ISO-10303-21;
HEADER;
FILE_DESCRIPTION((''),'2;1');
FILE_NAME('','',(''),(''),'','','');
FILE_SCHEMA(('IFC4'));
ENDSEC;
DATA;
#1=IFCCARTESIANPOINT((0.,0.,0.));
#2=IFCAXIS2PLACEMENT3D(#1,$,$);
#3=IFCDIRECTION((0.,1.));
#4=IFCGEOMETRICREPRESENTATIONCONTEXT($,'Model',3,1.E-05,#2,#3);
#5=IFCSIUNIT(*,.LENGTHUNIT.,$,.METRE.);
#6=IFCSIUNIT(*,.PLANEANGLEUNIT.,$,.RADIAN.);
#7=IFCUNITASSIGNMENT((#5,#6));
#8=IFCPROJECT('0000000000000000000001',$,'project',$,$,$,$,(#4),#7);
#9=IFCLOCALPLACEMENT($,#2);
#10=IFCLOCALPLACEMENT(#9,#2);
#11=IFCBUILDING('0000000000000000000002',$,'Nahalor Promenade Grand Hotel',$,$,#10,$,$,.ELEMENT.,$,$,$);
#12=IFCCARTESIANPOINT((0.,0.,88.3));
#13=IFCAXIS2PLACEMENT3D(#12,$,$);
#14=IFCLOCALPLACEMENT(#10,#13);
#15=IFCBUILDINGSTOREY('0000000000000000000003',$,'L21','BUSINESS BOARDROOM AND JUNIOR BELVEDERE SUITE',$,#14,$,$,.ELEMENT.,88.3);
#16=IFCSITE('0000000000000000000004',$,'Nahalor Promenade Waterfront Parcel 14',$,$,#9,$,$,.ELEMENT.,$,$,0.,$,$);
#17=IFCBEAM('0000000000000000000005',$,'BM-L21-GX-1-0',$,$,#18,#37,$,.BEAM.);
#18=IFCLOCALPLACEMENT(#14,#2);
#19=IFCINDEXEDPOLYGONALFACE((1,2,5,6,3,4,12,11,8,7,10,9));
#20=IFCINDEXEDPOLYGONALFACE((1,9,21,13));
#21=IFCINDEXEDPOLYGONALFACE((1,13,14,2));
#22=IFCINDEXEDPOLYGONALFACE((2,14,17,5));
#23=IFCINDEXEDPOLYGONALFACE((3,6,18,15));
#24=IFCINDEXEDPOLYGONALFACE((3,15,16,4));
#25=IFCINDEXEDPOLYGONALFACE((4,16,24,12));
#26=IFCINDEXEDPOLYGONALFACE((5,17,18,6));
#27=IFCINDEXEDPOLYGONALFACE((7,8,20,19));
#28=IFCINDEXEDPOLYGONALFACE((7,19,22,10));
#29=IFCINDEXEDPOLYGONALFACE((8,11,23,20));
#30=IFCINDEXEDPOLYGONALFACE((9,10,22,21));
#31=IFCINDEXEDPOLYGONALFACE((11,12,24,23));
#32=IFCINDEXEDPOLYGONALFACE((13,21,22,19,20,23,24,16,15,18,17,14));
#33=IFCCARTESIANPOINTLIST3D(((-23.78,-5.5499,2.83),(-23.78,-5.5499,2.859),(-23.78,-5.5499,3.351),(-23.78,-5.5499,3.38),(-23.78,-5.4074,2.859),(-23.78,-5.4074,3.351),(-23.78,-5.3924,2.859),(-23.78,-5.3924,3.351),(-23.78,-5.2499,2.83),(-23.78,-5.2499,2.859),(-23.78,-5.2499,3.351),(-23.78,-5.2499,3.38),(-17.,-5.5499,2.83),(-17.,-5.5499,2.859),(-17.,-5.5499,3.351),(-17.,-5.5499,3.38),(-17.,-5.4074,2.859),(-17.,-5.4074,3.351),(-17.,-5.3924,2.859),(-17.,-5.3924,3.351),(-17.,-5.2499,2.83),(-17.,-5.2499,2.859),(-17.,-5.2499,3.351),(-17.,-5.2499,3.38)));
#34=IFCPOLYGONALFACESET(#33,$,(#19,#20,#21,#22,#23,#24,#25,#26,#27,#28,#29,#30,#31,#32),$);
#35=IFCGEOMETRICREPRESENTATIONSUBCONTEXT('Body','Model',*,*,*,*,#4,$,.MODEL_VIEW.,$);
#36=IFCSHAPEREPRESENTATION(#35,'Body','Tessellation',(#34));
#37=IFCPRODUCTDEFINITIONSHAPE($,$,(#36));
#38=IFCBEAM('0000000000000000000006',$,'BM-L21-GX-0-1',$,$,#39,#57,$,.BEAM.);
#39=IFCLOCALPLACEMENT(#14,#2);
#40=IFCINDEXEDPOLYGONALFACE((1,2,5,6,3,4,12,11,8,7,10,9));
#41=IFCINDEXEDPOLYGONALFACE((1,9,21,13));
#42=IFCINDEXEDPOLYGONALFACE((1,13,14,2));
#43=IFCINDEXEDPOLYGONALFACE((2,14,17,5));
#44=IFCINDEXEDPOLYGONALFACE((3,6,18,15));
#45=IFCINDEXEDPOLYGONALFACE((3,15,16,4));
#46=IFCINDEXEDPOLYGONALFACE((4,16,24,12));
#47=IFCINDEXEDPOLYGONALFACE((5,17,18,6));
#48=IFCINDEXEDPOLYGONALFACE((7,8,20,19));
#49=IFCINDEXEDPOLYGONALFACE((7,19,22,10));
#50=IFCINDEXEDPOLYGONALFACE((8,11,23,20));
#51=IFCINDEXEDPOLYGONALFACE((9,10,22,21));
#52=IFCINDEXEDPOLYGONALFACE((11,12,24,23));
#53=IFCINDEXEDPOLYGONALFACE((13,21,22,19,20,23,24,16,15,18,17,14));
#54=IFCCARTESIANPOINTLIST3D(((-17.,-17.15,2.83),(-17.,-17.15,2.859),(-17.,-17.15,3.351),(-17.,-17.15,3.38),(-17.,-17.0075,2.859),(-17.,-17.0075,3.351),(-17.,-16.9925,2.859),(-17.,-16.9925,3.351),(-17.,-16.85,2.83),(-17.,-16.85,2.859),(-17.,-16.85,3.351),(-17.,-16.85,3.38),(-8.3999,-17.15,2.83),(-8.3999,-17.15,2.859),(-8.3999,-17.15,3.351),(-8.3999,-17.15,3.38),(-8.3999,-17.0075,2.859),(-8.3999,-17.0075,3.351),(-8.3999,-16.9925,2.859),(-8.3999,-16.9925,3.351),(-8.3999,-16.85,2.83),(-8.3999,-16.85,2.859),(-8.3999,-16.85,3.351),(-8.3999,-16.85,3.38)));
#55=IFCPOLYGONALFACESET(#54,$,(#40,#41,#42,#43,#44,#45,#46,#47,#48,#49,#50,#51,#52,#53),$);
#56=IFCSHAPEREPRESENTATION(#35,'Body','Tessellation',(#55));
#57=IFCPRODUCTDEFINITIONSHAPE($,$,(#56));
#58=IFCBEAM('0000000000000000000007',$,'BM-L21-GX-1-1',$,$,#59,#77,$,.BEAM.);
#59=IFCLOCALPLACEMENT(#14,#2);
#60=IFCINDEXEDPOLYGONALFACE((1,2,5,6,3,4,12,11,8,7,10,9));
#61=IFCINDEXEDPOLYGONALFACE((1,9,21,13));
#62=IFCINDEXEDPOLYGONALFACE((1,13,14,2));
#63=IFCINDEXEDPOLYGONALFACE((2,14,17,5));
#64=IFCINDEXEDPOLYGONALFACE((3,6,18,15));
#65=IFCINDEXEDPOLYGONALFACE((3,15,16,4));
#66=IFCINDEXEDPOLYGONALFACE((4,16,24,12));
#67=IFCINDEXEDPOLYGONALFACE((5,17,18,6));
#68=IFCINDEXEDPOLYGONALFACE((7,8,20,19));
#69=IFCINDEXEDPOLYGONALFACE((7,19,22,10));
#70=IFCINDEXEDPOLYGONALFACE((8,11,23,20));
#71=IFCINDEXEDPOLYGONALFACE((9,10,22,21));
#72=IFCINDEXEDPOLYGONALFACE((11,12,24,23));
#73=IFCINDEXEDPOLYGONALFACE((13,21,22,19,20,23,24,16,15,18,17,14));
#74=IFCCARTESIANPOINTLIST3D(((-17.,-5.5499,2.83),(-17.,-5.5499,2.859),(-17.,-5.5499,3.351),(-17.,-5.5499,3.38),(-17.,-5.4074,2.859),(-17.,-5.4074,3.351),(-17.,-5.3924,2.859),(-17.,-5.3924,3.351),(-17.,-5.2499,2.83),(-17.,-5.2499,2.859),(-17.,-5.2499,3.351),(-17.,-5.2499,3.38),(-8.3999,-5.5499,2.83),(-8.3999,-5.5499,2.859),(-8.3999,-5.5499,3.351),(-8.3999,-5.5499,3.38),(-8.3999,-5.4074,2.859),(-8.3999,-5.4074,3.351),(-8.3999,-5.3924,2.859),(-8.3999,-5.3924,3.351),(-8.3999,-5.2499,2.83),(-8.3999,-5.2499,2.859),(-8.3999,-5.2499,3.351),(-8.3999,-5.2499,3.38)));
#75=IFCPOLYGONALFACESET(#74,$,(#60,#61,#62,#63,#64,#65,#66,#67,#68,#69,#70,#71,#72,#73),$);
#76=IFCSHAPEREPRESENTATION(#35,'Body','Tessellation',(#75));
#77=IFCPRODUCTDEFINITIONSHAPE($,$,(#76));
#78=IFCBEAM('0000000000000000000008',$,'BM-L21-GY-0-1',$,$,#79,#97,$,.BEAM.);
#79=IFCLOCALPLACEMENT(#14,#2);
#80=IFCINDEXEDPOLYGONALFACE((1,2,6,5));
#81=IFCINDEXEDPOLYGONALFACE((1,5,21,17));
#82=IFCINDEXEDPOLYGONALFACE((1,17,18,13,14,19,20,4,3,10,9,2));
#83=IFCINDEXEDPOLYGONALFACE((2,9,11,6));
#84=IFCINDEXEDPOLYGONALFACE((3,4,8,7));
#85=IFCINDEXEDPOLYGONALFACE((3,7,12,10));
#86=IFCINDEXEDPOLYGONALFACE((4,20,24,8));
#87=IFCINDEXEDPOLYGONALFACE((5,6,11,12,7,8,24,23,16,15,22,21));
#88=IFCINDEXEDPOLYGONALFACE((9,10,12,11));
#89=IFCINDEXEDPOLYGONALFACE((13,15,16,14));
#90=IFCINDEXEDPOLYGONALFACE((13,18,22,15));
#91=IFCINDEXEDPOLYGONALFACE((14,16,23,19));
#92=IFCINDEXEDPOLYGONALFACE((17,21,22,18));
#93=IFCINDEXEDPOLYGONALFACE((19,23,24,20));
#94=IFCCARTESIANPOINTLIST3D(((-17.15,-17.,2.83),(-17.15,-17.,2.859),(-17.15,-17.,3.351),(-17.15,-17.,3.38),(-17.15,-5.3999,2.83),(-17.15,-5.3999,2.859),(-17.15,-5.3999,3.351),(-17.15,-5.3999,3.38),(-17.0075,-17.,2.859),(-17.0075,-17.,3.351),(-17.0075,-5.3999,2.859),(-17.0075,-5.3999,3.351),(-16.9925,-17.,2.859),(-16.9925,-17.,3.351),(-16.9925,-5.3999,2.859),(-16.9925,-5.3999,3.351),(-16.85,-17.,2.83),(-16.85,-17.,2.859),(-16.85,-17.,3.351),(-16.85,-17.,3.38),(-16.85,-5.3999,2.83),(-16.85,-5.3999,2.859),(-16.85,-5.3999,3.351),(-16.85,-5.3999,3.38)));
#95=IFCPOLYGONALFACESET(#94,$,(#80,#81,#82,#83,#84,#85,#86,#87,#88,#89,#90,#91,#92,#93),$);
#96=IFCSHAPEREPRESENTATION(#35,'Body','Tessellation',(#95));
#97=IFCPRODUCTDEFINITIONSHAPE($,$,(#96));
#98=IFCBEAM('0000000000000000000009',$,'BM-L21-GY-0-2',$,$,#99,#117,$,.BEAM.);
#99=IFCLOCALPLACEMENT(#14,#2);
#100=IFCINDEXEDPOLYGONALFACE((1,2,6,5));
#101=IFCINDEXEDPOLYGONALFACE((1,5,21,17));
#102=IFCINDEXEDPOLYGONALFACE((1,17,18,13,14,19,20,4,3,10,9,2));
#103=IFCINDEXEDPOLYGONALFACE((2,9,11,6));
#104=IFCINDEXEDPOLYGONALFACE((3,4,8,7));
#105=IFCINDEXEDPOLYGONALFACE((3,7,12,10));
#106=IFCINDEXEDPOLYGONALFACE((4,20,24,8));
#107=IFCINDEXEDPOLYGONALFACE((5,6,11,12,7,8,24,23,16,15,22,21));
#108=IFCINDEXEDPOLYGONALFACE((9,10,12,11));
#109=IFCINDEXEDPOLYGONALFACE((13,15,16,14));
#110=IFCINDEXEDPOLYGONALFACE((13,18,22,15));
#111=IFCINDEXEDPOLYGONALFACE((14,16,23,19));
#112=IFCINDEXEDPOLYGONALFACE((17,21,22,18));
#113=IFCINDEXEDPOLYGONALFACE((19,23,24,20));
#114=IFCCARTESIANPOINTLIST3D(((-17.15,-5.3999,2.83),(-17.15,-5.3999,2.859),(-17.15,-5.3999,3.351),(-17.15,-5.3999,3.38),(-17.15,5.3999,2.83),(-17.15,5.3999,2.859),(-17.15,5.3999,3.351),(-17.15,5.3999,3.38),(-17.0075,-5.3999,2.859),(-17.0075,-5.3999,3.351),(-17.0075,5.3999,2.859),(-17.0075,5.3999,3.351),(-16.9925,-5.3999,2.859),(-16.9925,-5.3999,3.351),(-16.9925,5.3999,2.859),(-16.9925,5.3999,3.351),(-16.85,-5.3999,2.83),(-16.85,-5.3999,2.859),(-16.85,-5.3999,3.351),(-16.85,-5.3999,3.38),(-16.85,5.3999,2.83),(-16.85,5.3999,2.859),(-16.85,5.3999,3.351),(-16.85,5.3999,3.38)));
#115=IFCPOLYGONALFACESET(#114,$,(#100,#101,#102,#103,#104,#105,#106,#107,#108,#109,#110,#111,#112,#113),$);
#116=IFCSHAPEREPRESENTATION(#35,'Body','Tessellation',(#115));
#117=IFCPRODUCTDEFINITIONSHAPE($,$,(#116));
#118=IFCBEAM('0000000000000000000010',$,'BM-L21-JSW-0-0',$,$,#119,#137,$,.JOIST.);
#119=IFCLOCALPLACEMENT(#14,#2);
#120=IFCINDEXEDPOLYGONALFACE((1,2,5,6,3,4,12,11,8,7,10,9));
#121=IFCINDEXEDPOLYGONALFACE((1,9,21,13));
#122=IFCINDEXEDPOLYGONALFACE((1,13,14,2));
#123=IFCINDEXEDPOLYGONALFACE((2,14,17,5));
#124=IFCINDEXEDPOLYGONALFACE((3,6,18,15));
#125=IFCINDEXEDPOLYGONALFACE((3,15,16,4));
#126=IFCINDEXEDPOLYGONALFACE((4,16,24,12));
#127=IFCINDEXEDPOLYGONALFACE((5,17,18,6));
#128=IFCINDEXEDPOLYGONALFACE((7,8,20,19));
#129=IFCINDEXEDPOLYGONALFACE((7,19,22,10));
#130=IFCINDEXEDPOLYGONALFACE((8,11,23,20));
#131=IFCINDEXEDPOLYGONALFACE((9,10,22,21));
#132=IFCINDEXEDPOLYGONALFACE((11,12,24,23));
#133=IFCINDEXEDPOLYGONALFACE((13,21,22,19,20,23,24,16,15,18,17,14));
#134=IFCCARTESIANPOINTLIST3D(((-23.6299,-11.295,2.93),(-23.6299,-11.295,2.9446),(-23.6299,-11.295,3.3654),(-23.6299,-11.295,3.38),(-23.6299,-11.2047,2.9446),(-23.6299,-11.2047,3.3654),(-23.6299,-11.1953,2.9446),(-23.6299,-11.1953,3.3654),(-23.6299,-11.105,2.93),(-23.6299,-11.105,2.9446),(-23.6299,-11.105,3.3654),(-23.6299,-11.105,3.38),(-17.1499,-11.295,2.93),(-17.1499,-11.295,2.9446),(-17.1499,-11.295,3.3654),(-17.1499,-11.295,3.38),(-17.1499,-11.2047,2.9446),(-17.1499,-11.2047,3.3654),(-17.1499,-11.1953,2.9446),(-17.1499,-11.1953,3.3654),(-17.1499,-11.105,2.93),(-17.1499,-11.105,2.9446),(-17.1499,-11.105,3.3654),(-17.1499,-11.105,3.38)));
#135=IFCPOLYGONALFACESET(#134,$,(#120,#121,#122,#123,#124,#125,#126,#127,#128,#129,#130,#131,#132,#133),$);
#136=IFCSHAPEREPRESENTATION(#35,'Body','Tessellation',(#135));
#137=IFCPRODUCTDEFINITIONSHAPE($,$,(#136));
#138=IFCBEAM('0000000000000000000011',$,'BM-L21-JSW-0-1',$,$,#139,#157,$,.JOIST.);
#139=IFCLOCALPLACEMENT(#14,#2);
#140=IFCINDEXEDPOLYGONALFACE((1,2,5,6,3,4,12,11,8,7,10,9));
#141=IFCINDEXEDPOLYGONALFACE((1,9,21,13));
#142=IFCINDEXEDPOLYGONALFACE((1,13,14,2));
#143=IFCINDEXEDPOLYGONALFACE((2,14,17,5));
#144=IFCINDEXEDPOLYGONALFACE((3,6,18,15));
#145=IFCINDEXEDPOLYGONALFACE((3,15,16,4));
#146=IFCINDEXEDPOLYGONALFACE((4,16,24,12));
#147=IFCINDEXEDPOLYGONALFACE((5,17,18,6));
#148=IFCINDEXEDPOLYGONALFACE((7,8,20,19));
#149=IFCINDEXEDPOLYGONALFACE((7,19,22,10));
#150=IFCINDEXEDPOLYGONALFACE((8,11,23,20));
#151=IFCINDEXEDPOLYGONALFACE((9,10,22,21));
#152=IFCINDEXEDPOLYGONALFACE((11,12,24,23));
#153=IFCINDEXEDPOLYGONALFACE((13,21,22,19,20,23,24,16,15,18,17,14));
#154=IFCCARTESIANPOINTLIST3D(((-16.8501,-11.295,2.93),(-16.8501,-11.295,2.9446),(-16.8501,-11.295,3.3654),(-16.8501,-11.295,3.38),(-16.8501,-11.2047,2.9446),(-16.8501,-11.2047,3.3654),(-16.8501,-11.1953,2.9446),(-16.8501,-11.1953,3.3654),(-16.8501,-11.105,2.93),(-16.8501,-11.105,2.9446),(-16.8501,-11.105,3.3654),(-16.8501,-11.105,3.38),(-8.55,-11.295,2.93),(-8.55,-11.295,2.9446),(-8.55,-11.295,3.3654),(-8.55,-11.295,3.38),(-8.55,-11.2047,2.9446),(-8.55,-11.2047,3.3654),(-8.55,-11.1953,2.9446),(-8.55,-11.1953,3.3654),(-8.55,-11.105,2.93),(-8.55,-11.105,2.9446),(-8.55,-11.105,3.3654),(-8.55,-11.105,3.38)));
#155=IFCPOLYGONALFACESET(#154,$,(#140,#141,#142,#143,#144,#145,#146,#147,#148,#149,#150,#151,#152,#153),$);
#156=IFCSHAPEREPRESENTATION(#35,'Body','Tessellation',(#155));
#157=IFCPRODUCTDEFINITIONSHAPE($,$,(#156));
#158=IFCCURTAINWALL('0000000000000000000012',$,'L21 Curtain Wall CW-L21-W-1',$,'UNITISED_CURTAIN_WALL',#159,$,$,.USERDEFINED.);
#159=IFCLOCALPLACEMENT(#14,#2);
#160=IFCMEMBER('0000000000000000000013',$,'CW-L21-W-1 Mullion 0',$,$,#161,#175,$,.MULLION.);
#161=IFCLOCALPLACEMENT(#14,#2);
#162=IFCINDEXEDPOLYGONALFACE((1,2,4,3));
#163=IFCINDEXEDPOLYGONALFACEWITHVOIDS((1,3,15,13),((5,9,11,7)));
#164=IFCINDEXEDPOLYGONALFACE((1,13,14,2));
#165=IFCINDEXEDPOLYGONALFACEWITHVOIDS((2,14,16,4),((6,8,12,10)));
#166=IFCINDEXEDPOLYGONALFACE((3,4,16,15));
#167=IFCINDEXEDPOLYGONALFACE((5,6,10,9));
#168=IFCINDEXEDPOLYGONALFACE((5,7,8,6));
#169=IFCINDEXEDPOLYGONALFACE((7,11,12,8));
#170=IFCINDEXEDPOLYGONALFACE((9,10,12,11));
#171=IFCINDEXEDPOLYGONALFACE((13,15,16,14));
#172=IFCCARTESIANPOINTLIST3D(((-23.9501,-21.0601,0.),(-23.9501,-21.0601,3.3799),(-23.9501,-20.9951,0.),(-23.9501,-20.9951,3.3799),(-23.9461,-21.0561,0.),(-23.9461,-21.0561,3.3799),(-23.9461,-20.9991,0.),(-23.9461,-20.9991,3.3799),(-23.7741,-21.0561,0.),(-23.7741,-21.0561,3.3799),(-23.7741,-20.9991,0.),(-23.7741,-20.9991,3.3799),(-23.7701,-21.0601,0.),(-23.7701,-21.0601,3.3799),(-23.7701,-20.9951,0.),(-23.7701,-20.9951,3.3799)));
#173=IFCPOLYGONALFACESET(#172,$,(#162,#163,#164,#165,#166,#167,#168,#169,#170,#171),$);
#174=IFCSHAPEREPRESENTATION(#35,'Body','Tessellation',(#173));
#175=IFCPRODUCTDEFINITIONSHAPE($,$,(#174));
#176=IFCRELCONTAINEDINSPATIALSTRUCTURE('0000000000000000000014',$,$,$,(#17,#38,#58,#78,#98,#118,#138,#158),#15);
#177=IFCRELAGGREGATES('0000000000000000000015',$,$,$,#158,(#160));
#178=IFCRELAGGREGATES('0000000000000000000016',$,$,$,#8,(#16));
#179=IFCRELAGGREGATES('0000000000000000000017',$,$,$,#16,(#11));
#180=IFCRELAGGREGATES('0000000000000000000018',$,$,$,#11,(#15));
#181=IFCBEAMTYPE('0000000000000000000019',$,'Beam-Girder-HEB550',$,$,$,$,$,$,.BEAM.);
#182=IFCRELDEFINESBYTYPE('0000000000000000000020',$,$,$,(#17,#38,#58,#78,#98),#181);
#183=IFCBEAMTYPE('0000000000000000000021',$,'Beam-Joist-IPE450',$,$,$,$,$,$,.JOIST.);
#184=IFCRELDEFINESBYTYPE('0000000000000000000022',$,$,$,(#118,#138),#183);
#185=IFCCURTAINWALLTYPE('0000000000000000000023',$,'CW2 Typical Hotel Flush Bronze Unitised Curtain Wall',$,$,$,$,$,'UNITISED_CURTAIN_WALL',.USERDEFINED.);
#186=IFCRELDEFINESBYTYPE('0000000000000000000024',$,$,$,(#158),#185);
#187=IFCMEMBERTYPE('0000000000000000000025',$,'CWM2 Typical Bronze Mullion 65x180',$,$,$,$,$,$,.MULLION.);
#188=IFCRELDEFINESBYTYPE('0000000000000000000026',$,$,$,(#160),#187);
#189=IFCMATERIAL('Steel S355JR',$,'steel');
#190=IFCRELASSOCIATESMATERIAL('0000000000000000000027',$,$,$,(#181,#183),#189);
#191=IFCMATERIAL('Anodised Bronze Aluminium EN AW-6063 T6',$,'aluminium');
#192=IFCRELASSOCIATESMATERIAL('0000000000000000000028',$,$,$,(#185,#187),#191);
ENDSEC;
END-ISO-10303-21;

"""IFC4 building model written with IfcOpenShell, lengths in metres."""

from ifc_helpers import new_model, si_unit, direction, frame, origin, origin_2d, place, context, subcontext, project, spatial, hollow_rectangle, i_section, extrude, source, transform, mapped, material, material_profile, profile_set, type_object, element, aggregate, save


model = new_model("IFC4")

# Units and contexts
model_context = context("Model", 3, precision=1e-05, world=origin(), true_north=direction((0.0, 1.0)))
body_context = subcontext(model_context, "Body", "Model", "MODEL_VIEW")
ifc_project = project(units=[si_unit("LENGTHUNIT", "METRE"), si_unit("PLANEANGLEUNIT", "RADIAN")], contexts=[model_context])

# Site, building, storey
site_placement = place(None, origin())
site = spatial("IfcSite", under=ifc_project, at=site_placement, Name="Nahalor Promenade Waterfront Parcel 14", CompositionType="ELEMENT", RefElevation=0.0)
building_placement = place(site_placement, origin())
building = spatial("IfcBuilding", under=site, at=building_placement, Name="Nahalor Promenade Grand Hotel", CompositionType="ELEMENT")
storey_placement = place(building_placement, frame((0.0, 0.0, 88.3)))
storey = spatial("IfcBuildingStorey", under=building, at=storey_placement, Name="L21", Description="BUSINESS BOARDROOM AND JUNIOR BELVEDERE SUITE", CompositionType="ELEMENT", Elevation=88.3)

# Beams
ifc_material_1 = material(Name="Steel S355JR", Category="steel")
ifc_material_profile_1 = material_profile(ifc_material_1, i_section(OverallWidth=0.3, OverallDepth=0.55, WebThickness=0.015, FlangeThickness=0.029, at=origin_2d()), Name="HEB 550")
ifc_profile_set_1 = profile_set([ifc_material_profile_1], Name="Steel S355JR")
beam_type_1 = type_object("IfcBeamType", Name="Beam-Girder-HEB550", PredefinedType="BEAM", material=ifc_profile_set_1)
shared_shape_1 = source(origin(), body_context, "Body", "SweptSolid", [
    extrude(i_section(OverallWidth=0.3, OverallDepth=0.55, WebThickness=0.015, FlangeThickness=0.029, at=origin_2d()), origin(), (0.0, 0.0, 1.0), 6.78),
])
for number, where, z_axis, x_axis, name in (
    (1, (-23.78, -5.3999, 3.105), (1.0, 0.0, 0.0), (0.0, 1.0, 0.0), "BM-L21-GX-1-0"),
):
    element("IfcBeam", number, at=place(storey_placement, frame(where, z_axis=z_axis, x_axis=x_axis)), inside=storey, type_object=beam_type_1, Name=name, PredefinedType="BEAM", context=body_context, shape_type="MappedRepresentation", body=[
        mapped(shared_shape_1, transform((0.0, 0.0, 0.0), scale=1.0)),
    ])
shared_shape_2 = source(origin(), body_context, "Body", "SweptSolid", [
    extrude(i_section(OverallWidth=0.3, OverallDepth=0.55, WebThickness=0.015, FlangeThickness=0.029, at=origin_2d()), origin(), (0.0, 0.0, 1.0), 8.6001),
])
for number, where, z_axis, x_axis, name in (
    (2, (-17.0, -17.0, 3.105), (1.0, 0.0, 0.0), (0.0, 1.0, 0.0), "BM-L21-GX-0-1"),
    (3, (-17.0, -5.3999, 3.105), (1.0, 0.0, 0.0), (0.0, 1.0, 0.0), "BM-L21-GX-1-1"),
):
    element("IfcBeam", number, at=place(storey_placement, frame(where, z_axis=z_axis, x_axis=x_axis)), inside=storey, type_object=beam_type_1, Name=name, PredefinedType="BEAM", context=body_context, shape_type="MappedRepresentation", body=[
        mapped(shared_shape_2, transform((0.0, 0.0, 0.0), scale=1.0)),
    ])
shared_shape_3 = source(origin(), body_context, "Body", "SweptSolid", [
    extrude(i_section(OverallWidth=0.3, OverallDepth=0.55, WebThickness=0.015, FlangeThickness=0.029, at=origin_2d()), origin(), (0.0, 0.0, 1.0), 11.6001),
])
beam_1_placement = place(storey_placement, frame((-17.0, -17.0, 3.105), z_axis=(0.0, 1.0, 0.0), x_axis=(-1.0, 0.0, 0.0)))
element("IfcBeam", 4, at=beam_1_placement, inside=storey, type_object=beam_type_1, Name="BM-L21-GY-0-1", PredefinedType="BEAM", context=body_context, shape_type="MappedRepresentation", body=[
    mapped(shared_shape_3, transform((0.0, 0.0, 0.0), scale=1.0)),
])
shared_shape_4 = source(origin(), body_context, "Body", "SweptSolid", [
    extrude(i_section(OverallWidth=0.3, OverallDepth=0.55, WebThickness=0.015, FlangeThickness=0.029, at=origin_2d()), origin(), (0.0, 0.0, 1.0), 10.7998),
])
beam_2_placement = place(storey_placement, frame((-17.0, -5.3999, 3.105), z_axis=(0.0, 1.0, 0.0), x_axis=(-1.0, 0.0, 0.0)))
element("IfcBeam", 5, at=beam_2_placement, inside=storey, type_object=beam_type_1, Name="BM-L21-GY-0-2", PredefinedType="BEAM", context=body_context, shape_type="MappedRepresentation", body=[
    mapped(shared_shape_4, transform((0.0, 0.0, 0.0), scale=1.0)),
])
ifc_material_profile_2 = material_profile(ifc_material_1, i_section(OverallWidth=0.19, OverallDepth=0.45, WebThickness=0.0094, FlangeThickness=0.0146, at=origin_2d()), Name="IPE 450")
ifc_profile_set_2 = profile_set([ifc_material_profile_2], Name="Steel S355JR")
beam_type_2 = type_object("IfcBeamType", Name="Beam-Joist-IPE450", PredefinedType="JOIST", material=ifc_profile_set_2)
shared_shape_5 = source(origin(), body_context, "Body", "SweptSolid", [
    extrude(i_section(OverallWidth=0.19, OverallDepth=0.45, WebThickness=0.0094, FlangeThickness=0.0146, at=origin_2d()), origin(), (0.0, 0.0, 1.0), 6.48),
])
beam_3_placement = place(storey_placement, frame((-23.6299, -11.2, 3.155), z_axis=(1.0, 0.0, 0.0), x_axis=(0.0, 1.0, 0.0)))
element("IfcBeam", 6, at=beam_3_placement, inside=storey, type_object=beam_type_2, Name="BM-L21-JSW-0-0", PredefinedType="JOIST", context=body_context, shape_type="MappedRepresentation", body=[
    mapped(shared_shape_5, transform((0.0, 0.0, 0.0), scale=1.0)),
])
shared_shape_6 = source(origin(), body_context, "Body", "SweptSolid", [
    extrude(i_section(OverallWidth=0.19, OverallDepth=0.45, WebThickness=0.0094, FlangeThickness=0.0146, at=origin_2d()), origin(), (0.0, 0.0, 1.0), 8.3),
])
beam_4_placement = place(storey_placement, frame((-16.8501, -11.2, 3.155), z_axis=(1.0, 0.0, 0.0), x_axis=(0.0, 1.0, 0.0)))
element("IfcBeam", 7, at=beam_4_placement, inside=storey, type_object=beam_type_2, Name="BM-L21-JSW-0-1", PredefinedType="JOIST", context=body_context, shape_type="MappedRepresentation", body=[
    mapped(shared_shape_6, transform((0.0, 0.0, 0.0), scale=1.0)),
])

# Curtain wall, member
ifc_material_2 = material(Name="Anodised Bronze Aluminium EN AW-6063 T6", Category="aluminium")
curtain_wall_type = type_object("IfcCurtainWallType", Name="CW2 Typical Hotel Flush Bronze Unitised Curtain Wall", ElementType="UNITISED_CURTAIN_WALL", PredefinedType="USERDEFINED", material=ifc_material_2)
curtain_wall_placement = place(storey_placement, origin())
curtain_wall = element("IfcCurtainWall", 8, at=curtain_wall_placement, inside=storey, type_object=curtain_wall_type, Name="L21 Curtain Wall CW-L21-W-1", ObjectType="UNITISED_CURTAIN_WALL", PredefinedType="USERDEFINED")
ifc_material_profile_3 = material_profile(ifc_material_2, hollow_rectangle(XDim=0.065, YDim=0.18, WallThickness=0.004, at=origin_2d()), Name="CWM 65x180x4")
ifc_profile_set_3 = profile_set([ifc_material_profile_3], Name="Anodised Bronze Aluminium EN AW-6063 T6")
member_type_1 = type_object("IfcMemberType", Name="CWM2 Typical Bronze Mullion 65x180", PredefinedType="MULLION", material=ifc_profile_set_3)
shared_shape_7 = source(origin(), body_context, "Body", "SweptSolid", [
    extrude(hollow_rectangle(XDim=0.065, YDim=0.18, WallThickness=0.004, at=origin_2d()), origin(), (0.0, 0.0, 1.0), 3.3799),
])
member_1_placement = place(storey_placement, frame((-23.8601, -21.0276, 0.0), z_axis=(0.0, 0.0, 1.0), x_axis=(0.0, 1.0, 0.0)))
member_1 = element("IfcMember", 9, at=member_1_placement, type_object=member_type_1, Name="CW-L21-W-1 Mullion 0", PredefinedType="MULLION", context=body_context, shape_type="MappedRepresentation", body=[
    mapped(shared_shape_7, transform((0.0, 0.0, 0.0), scale=1.0)),
])
aggregate(curtain_wall, [member_1])

save(model, "model.ifc")
